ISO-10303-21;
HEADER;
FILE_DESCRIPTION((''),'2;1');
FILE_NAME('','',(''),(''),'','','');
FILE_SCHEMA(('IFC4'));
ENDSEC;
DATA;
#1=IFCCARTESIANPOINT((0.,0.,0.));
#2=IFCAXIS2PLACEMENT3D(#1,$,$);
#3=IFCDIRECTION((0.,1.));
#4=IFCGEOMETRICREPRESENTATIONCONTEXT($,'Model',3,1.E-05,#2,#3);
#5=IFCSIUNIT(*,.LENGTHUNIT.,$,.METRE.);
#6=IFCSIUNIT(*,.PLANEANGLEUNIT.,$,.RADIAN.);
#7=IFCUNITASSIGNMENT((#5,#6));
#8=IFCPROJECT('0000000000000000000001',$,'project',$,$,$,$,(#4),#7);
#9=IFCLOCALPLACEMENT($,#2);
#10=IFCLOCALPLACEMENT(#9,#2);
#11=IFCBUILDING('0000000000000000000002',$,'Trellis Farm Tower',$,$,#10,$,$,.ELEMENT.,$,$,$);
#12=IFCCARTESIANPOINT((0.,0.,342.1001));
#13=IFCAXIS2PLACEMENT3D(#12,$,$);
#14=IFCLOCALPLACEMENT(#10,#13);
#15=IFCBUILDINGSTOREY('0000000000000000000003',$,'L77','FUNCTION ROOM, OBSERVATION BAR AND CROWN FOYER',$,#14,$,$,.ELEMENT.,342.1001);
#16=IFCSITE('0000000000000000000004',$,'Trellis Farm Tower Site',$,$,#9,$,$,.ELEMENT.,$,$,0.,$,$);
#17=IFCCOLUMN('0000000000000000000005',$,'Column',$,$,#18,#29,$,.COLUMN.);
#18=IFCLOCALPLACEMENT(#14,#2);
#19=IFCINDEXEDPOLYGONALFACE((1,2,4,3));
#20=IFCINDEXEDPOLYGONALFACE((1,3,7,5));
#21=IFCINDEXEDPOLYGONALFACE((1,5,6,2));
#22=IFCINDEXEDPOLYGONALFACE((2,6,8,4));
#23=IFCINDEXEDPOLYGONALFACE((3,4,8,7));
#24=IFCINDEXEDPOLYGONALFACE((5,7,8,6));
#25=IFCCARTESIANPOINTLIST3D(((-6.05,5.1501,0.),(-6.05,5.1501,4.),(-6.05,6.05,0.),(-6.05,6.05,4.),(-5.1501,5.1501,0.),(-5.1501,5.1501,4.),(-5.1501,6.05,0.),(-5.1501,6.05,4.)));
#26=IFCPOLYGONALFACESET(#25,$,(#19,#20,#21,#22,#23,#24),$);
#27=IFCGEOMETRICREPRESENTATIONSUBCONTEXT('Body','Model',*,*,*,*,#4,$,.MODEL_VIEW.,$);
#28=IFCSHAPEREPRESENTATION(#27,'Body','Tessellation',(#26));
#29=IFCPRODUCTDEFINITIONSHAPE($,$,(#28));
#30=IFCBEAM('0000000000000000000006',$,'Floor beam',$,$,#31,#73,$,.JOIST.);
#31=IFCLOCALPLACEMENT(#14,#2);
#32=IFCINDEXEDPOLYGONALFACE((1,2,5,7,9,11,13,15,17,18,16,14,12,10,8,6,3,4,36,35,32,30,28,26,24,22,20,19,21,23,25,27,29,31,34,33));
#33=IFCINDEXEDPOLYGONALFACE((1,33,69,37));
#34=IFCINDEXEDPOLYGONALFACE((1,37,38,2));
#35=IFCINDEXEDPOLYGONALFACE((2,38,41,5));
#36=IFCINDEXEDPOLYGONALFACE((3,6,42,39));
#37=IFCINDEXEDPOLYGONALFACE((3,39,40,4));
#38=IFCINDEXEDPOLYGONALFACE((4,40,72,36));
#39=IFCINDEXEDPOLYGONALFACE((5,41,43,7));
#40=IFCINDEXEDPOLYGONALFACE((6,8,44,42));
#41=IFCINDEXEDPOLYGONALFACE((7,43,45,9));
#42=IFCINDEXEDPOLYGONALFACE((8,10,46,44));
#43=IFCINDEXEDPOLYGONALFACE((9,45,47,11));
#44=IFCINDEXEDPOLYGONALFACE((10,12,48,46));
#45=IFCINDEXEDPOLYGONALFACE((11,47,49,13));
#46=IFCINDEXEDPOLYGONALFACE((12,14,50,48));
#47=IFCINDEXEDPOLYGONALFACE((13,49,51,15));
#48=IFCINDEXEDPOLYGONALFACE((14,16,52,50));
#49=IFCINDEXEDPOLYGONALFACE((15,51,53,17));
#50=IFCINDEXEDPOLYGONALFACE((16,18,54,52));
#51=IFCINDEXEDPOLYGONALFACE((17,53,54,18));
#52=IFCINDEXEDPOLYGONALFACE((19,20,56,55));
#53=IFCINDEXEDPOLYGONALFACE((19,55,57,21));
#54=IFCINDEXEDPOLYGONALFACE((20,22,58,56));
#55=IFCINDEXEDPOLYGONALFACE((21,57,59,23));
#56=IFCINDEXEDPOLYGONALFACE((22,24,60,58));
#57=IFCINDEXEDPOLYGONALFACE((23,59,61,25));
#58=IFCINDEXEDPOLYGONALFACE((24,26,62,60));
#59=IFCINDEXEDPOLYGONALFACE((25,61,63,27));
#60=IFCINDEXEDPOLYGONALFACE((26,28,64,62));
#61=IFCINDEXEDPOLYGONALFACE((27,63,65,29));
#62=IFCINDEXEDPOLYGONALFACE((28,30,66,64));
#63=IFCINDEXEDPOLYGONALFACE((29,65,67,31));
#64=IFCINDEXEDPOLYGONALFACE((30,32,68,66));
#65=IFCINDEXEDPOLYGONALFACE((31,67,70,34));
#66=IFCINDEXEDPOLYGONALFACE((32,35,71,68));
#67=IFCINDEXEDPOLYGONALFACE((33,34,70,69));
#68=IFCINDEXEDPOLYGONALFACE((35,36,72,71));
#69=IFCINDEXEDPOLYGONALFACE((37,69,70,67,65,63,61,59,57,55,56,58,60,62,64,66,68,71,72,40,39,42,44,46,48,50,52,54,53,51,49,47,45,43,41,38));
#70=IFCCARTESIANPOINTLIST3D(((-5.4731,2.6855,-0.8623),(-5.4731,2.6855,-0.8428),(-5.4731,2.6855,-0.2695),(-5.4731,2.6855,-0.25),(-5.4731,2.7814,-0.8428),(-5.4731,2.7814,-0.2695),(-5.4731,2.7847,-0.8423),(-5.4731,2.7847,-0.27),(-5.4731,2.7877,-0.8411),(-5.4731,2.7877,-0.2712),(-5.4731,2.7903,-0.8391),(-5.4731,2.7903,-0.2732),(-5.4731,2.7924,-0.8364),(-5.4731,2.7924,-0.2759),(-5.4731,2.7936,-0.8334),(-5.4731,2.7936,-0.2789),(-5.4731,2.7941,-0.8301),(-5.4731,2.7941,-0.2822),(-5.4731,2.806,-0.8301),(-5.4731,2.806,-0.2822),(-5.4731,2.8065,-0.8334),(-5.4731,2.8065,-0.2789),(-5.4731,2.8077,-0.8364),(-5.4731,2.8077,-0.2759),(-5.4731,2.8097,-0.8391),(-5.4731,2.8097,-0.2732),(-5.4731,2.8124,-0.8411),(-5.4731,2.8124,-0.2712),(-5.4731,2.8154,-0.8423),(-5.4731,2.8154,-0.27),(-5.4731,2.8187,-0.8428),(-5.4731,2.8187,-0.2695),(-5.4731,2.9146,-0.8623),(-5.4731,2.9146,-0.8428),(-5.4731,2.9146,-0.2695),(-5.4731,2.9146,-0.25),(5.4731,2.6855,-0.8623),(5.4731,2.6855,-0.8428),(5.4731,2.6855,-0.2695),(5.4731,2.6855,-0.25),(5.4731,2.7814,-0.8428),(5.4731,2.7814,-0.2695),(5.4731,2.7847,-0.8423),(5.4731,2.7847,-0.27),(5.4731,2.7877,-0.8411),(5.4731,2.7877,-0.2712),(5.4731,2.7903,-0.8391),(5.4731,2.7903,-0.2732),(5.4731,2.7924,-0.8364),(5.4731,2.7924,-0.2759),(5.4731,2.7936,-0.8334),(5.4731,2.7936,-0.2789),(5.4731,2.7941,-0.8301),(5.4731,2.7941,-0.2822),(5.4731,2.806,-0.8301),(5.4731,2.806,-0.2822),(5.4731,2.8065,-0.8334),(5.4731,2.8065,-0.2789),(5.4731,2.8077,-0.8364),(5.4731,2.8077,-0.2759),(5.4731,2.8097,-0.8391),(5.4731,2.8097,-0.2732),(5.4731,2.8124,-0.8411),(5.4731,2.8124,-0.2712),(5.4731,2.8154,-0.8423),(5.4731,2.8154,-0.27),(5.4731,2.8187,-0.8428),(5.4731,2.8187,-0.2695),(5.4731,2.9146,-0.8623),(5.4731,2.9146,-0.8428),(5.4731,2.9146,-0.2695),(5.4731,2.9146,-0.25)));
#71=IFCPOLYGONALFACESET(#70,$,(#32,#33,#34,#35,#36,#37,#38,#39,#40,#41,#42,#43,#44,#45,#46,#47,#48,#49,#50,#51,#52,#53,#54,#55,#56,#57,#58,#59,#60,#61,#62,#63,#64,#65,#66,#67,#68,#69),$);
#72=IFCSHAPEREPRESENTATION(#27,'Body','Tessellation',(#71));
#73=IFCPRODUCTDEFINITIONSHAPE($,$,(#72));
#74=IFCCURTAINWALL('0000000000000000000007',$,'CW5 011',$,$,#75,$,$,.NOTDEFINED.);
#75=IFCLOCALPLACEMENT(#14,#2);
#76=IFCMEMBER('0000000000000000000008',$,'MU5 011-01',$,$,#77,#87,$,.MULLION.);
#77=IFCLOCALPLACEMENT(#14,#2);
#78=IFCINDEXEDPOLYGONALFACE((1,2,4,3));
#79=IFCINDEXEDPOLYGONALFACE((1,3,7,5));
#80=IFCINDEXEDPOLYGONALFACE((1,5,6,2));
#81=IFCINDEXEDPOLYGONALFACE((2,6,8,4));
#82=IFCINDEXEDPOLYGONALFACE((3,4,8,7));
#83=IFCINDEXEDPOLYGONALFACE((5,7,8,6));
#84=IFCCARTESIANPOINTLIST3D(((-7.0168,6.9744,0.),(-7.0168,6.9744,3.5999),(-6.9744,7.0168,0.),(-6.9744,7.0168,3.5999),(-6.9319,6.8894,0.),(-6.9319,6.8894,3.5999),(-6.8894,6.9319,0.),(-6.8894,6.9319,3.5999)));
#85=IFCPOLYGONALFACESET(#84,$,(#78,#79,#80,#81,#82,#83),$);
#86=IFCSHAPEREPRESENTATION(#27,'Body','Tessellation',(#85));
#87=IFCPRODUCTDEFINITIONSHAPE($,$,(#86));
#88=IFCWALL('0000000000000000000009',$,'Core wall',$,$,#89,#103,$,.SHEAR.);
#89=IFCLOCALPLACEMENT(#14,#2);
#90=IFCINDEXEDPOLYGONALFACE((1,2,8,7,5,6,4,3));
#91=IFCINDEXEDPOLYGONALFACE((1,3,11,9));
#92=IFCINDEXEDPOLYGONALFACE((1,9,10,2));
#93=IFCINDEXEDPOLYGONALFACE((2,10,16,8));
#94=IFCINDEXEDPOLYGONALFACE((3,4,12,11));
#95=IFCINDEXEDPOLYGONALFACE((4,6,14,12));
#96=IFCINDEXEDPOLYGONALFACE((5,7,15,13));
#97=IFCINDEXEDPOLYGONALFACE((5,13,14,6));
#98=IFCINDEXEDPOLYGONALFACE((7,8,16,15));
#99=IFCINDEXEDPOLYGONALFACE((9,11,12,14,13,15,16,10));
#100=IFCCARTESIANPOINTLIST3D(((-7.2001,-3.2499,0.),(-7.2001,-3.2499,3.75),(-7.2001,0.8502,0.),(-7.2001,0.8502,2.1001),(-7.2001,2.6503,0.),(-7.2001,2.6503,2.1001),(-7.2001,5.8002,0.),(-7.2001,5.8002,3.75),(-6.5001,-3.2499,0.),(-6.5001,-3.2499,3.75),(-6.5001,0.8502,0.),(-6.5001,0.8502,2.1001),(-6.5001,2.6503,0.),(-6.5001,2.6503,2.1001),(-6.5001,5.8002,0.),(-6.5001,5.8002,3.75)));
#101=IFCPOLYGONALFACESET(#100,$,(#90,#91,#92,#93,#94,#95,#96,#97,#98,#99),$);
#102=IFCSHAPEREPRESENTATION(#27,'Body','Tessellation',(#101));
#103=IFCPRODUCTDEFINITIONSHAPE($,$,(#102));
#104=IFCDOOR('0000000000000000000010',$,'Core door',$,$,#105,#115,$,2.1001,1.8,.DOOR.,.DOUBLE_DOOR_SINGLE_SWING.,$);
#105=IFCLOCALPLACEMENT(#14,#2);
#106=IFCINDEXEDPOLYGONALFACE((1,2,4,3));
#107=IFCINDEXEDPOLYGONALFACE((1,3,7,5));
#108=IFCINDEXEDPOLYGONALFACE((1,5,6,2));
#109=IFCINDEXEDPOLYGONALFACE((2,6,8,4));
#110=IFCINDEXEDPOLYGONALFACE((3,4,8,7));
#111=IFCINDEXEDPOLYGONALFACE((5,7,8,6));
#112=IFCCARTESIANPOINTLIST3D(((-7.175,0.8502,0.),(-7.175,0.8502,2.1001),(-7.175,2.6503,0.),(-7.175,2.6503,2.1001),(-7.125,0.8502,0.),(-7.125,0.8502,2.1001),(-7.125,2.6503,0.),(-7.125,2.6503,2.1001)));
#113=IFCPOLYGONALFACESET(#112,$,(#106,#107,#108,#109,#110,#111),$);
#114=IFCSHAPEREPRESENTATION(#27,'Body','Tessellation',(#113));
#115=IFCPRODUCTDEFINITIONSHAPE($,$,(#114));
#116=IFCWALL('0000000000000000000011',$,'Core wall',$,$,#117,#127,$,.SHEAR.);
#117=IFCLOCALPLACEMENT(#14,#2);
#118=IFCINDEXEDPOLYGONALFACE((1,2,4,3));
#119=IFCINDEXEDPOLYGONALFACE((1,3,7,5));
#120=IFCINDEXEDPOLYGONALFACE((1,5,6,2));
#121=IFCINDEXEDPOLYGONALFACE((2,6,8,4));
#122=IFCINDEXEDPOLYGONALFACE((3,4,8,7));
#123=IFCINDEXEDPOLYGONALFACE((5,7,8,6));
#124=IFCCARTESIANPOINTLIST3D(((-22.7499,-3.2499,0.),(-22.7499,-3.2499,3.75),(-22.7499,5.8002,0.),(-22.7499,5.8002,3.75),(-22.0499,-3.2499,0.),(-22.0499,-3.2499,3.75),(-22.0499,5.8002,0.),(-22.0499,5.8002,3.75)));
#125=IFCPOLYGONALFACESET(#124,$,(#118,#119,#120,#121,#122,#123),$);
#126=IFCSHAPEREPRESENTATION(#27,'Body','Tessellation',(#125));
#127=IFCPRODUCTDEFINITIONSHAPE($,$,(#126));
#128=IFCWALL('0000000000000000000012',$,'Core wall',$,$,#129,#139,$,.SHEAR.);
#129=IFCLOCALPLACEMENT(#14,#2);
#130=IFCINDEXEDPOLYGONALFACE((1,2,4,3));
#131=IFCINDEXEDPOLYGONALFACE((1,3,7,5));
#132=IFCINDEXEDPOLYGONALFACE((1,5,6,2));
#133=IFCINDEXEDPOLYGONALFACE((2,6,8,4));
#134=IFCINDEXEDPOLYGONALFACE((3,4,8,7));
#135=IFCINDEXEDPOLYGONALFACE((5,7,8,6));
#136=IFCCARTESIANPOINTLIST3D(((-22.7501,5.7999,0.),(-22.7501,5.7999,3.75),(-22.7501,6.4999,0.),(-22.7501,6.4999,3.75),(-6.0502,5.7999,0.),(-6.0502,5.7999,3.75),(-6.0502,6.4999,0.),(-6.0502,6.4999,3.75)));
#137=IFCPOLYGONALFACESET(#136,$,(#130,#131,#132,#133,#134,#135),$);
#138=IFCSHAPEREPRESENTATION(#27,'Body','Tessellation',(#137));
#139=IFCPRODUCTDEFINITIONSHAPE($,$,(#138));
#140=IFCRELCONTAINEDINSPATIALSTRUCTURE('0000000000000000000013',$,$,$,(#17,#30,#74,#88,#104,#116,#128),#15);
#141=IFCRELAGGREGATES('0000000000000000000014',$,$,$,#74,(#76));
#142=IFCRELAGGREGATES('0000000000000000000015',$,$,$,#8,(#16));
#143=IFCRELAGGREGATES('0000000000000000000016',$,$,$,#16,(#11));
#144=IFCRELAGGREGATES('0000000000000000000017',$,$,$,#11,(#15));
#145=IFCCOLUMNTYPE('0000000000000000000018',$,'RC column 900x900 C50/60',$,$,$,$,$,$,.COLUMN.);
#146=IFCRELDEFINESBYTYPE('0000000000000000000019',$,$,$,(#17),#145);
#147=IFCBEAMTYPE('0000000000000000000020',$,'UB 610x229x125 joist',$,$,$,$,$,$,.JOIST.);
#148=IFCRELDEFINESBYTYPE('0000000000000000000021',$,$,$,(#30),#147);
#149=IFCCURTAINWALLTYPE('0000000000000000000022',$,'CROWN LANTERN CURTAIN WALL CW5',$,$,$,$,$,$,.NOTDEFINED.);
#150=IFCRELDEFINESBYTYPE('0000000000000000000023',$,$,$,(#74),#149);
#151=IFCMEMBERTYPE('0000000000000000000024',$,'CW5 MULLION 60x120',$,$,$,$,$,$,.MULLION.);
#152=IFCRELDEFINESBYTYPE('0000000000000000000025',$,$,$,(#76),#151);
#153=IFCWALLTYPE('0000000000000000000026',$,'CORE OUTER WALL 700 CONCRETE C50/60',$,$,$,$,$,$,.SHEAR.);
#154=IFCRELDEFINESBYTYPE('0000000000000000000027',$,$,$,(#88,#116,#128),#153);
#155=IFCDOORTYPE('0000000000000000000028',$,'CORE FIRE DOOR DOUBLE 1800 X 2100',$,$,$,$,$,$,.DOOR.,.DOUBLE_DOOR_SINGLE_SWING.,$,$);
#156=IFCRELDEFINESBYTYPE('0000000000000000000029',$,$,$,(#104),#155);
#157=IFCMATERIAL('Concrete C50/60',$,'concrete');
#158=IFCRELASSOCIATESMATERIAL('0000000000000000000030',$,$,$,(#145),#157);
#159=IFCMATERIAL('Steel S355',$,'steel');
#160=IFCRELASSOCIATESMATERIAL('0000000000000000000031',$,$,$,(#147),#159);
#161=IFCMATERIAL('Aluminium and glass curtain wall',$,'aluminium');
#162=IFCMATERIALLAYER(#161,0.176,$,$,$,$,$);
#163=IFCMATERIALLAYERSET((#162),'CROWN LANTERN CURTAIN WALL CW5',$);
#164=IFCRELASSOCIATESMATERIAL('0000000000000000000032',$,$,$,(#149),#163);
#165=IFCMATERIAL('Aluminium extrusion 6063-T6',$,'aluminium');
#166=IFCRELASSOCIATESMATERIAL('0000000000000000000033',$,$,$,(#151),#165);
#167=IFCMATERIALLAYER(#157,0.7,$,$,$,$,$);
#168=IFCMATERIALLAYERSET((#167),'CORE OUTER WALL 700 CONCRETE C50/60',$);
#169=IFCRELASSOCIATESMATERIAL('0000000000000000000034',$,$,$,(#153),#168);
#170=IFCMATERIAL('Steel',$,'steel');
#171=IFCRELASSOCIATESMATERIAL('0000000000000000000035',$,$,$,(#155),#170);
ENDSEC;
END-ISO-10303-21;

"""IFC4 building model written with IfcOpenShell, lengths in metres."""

from ifc_helpers import new_model, si_unit, direction, frame, frame_2d, origin, origin_2d, place, context, subcontext, project, spatial, rectangle, i_section, extrude, source, transform, mapped, material, layer, layer_set, material_profile, profile_set, type_object, element, fill, aggregate, save


model = new_model("IFC4")

# Units and contexts
model_context = context("Model", 3, precision=1e-05, world=origin(), true_north=direction((0.0, 1.0)))
body_context = subcontext(model_context, "Body", "Model", "MODEL_VIEW")
ifc_project = project(units=[si_unit("LENGTHUNIT", "METRE"), si_unit("PLANEANGLEUNIT", "RADIAN")], contexts=[model_context])

# Site, building, storey
site_placement = place(None, origin())
site = spatial("IfcSite", under=ifc_project, at=site_placement, Name="Trellis Farm Tower Site", CompositionType="ELEMENT", RefElevation=0.0)
building_placement = place(site_placement, origin())
building = spatial("IfcBuilding", under=site, at=building_placement, Name="Trellis Farm Tower", CompositionType="ELEMENT")
storey_placement = place(building_placement, frame((0.0, 0.0, 342.1001)))
storey = spatial("IfcBuildingStorey", under=building, at=storey_placement, Name="L77", Description="FUNCTION ROOM, OBSERVATION BAR AND CROWN FOYER", CompositionType="ELEMENT", Elevation=342.1001)

# Column
ifc_material_1 = material(Name="Concrete C50/60", Category="concrete")
ifc_material_profile_1 = material_profile(ifc_material_1, rectangle(XDim=0.8999, YDim=0.8999, at=origin_2d()), Name="RC column 900x900 C50/60")
ifc_profile_set_1 = profile_set([ifc_material_profile_1], Name="Concrete C50/60")
column_type = type_object("IfcColumnType", Name="RC column 900x900 C50/60", PredefinedType="COLUMN", material=ifc_profile_set_1)
shared_shape_1 = source(origin(), body_context, "Body", "SweptSolid", [
    extrude(rectangle(XDim=0.8999, YDim=0.8999, at=origin_2d()), origin(), (0.0, 0.0, 1.0), 4.0),
])
column_placement = place(storey_placement, frame((-5.6001, 5.6001, 0.0), z_axis=(0.0, 0.0, 1.0), x_axis=(1.0, 0.0, 0.0)))
element("IfcColumn", 1, at=column_placement, inside=storey, type_object=column_type, Name="Column", PredefinedType="COLUMN", context=body_context, shape_type="MappedRepresentation", body=[
    mapped(shared_shape_1, transform((0.0, 0.0, 0.0))),
])

# Beam
ifc_material_2 = material(Name="Steel S355", Category="steel")
ifc_material_profile_2 = material_profile(ifc_material_2, i_section(OverallWidth=0.229, OverallDepth=0.6123, WebThickness=0.012, FlangeThickness=0.0195, FilletRadius=0.0127, at=origin_2d()), Name="UB 610x229x125")
ifc_profile_set_2 = profile_set([ifc_material_profile_2], Name="Steel S355")
beam_type = type_object("IfcBeamType", Name="UB 610x229x125 joist", PredefinedType="JOIST", material=ifc_profile_set_2)
shared_shape_2 = source(origin(), body_context, "Body", "SweptSolid", [
    extrude(i_section(OverallWidth=0.229, OverallDepth=0.6123, WebThickness=0.012, FlangeThickness=0.0195, FilletRadius=0.0127, at=origin_2d()), origin(), (0.0, 0.0, 1.0), 10.9463),
])
beam_placement = place(storey_placement, frame((-5.4731, 2.8, -0.5562), z_axis=(1.0, 0.0, 0.0), x_axis=(0.0, 1.0, 0.0)))
element("IfcBeam", 2, at=beam_placement, inside=storey, type_object=beam_type, Name="Floor beam", PredefinedType="JOIST", context=body_context, shape_type="MappedRepresentation", body=[
    mapped(shared_shape_2, transform((0.0, 0.0, 0.0))),
])

# Curtain wall, member
ifc_material_3 = material(Name="Aluminium and glass curtain wall", Category="aluminium")
ifc_layer_1 = layer(ifc_material_3, 0.176)
ifc_layer_set_1 = layer_set([ifc_layer_1], Name="CROWN LANTERN CURTAIN WALL CW5")
curtain_wall_type = type_object("IfcCurtainWallType", Name="CROWN LANTERN CURTAIN WALL CW5", PredefinedType="NOTDEFINED", material=ifc_layer_set_1)
placement = place(storey_placement, origin())
curtain_wall = element("IfcCurtainWall", 3, at=placement, inside=storey, type_object=curtain_wall_type, Name="CW5 011", PredefinedType="NOTDEFINED")
ifc_material_4 = material(Name="Aluminium extrusion 6063-T6", Category="aluminium")
ifc_material_profile_3 = material_profile(ifc_material_4, rectangle(XDim=0.0601, YDim=0.1201, at=origin_2d()), Name="MULLION 60x120")
ifc_profile_set_3 = profile_set([ifc_material_profile_3], Name="Aluminium extrusion 6063-T6")
member_type = type_object("IfcMemberType", Name="CW5 MULLION 60x120", PredefinedType="MULLION", material=ifc_profile_set_3)
shared_shape_3 = source(origin(), body_context, "Body", "SweptSolid", [
    extrude(rectangle(XDim=0.0601, YDim=0.1201, at=origin_2d()), origin(), (0.0, 0.0, 1.0), 3.5999),
])
member_placement = place(storey_placement, frame((-6.9531, 6.9531, 0.0), z_axis=(0.0, 0.0, 1.0), x_axis=(-0.707107, -0.707107, 0.0)))
member = element("IfcMember", 4, at=member_placement, type_object=member_type, Name="MU5 011-01", PredefinedType="MULLION", context=body_context, shape_type="MappedRepresentation", body=[
    mapped(shared_shape_3, transform((0.0, 0.0, 0.0))),
])
aggregate(curtain_wall, [member])

# Wall, opening, door
ifc_layer_2 = layer(ifc_material_1, 0.7)
ifc_layer_set_2 = layer_set([ifc_layer_2], Name="CORE OUTER WALL 700 CONCRETE C50/60")
wall_type_1 = type_object("IfcWallType", Name="CORE OUTER WALL 700 CONCRETE C50/60", PredefinedType="SHEAR", material=ifc_layer_set_2)
shared_shape_4 = source(origin(), body_context, "Body", "SweptSolid", [
    extrude(rectangle(XDim=9.05, YDim=0.7, at=frame_2d((4.5249, 0.0))), origin(), (0.0, 0.0, 1.0), 3.75),
])
wall_1_placement = place(storey_placement, frame((-6.8501, 5.8, 0.0), z_axis=(0.0, 0.0, 1.0), x_axis=(0.0, -1.0, 0.0)))
wall_1 = element("IfcWall", 5, at=wall_1_placement, inside=storey, type_object=wall_type_1, Name="Core wall", PredefinedType="SHEAR", context=body_context, shape_type="MappedRepresentation", body=[
    mapped(shared_shape_4, transform((0.0, 0.0, 0.0))),
])
shared_shape_5 = source(origin(), body_context, "Body", "SweptSolid", [
    extrude(rectangle(XDim=1.8, YDim=2.1001, at=frame_2d((0.8999, 1.05))), frame((0.0, 0.3601, 0.0), z_axis=(0.0, -1.0, 0.0), x_axis=(1.0, 0.0, 0.0)), (0.0, 0.0, 1.0), 0.7202),
])
opening_1_placement = place(wall_1_placement, frame((3.1499, 0.0, 0.0)))
opening_1 = element("IfcOpeningElement", 6, at=opening_1_placement, cuts=wall_1, PredefinedType="OPENING", context=body_context, shape_type="MappedRepresentation", body=[
    mapped(shared_shape_5, transform((0.0, 0.0, 0.0))),
])
ifc_material_5 = material(Name="Steel", Category="steel")
door_type_1 = type_object("IfcDoorType", Name="CORE FIRE DOOR DOUBLE 1800 X 2100", OperationType="DOUBLE_DOOR_SINGLE_SWING", PredefinedType="DOOR", material=ifc_material_5)
shared_shape_6 = source(origin(), body_context, "Body", "SweptSolid", [
    extrude(rectangle(XDim=1.8, YDim=2.1001, at=frame_2d((0.8999, 1.05))), frame((0.0, -0.2749, 0.0), z_axis=(0.0, -1.0, 0.0), x_axis=(1.0, 0.0, 0.0)), (0.0, 0.0, 1.0), 0.05),
])
door_1_placement = place(opening_1_placement, origin())
door_1 = element("IfcDoor", 7, at=door_1_placement, inside=storey, type_object=door_type_1, Name="Core door", OperationType="DOUBLE_DOOR_SINGLE_SWING", OverallHeight=2.1001, OverallWidth=1.8, PredefinedType="DOOR", context=body_context, shape_type="MappedRepresentation", body=[
    mapped(shared_shape_6, transform((0.0, 0.0, 0.0))),
])
fill(opening_1, door_1)

# Walls
wall_2_placement = place(storey_placement, frame((-22.3999, 5.8, 0.0), z_axis=(0.0, 0.0, 1.0), x_axis=(0.0, -1.0, 0.0)))
element("IfcWall", 8, at=wall_2_placement, inside=storey, type_object=wall_type_1, Name="Core wall", PredefinedType="SHEAR", context=body_context, shape_type="MappedRepresentation", body=[
    mapped(shared_shape_4, transform((0.0, 0.0, 0.0))),
])
shared_shape_7 = source(origin(), body_context, "Body", "SweptSolid", [
    extrude(rectangle(XDim=16.7, YDim=0.7, at=frame_2d((8.3501, 0.0))), origin(), (0.0, 0.0, 1.0), 3.75),
])
wall_3_placement = place(storey_placement, frame((-6.05, 6.1499, 0.0), z_axis=(0.0, 0.0, 1.0), x_axis=(-1.0, 0.0, 0.0)))
element("IfcWall", 9, at=wall_3_placement, inside=storey, type_object=wall_type_1, Name="Core wall", PredefinedType="SHEAR", context=body_context, shape_type="MappedRepresentation", body=[
    mapped(shared_shape_7, transform((0.0, 0.0, 0.0))),
])

save(model, "model.ifc")
